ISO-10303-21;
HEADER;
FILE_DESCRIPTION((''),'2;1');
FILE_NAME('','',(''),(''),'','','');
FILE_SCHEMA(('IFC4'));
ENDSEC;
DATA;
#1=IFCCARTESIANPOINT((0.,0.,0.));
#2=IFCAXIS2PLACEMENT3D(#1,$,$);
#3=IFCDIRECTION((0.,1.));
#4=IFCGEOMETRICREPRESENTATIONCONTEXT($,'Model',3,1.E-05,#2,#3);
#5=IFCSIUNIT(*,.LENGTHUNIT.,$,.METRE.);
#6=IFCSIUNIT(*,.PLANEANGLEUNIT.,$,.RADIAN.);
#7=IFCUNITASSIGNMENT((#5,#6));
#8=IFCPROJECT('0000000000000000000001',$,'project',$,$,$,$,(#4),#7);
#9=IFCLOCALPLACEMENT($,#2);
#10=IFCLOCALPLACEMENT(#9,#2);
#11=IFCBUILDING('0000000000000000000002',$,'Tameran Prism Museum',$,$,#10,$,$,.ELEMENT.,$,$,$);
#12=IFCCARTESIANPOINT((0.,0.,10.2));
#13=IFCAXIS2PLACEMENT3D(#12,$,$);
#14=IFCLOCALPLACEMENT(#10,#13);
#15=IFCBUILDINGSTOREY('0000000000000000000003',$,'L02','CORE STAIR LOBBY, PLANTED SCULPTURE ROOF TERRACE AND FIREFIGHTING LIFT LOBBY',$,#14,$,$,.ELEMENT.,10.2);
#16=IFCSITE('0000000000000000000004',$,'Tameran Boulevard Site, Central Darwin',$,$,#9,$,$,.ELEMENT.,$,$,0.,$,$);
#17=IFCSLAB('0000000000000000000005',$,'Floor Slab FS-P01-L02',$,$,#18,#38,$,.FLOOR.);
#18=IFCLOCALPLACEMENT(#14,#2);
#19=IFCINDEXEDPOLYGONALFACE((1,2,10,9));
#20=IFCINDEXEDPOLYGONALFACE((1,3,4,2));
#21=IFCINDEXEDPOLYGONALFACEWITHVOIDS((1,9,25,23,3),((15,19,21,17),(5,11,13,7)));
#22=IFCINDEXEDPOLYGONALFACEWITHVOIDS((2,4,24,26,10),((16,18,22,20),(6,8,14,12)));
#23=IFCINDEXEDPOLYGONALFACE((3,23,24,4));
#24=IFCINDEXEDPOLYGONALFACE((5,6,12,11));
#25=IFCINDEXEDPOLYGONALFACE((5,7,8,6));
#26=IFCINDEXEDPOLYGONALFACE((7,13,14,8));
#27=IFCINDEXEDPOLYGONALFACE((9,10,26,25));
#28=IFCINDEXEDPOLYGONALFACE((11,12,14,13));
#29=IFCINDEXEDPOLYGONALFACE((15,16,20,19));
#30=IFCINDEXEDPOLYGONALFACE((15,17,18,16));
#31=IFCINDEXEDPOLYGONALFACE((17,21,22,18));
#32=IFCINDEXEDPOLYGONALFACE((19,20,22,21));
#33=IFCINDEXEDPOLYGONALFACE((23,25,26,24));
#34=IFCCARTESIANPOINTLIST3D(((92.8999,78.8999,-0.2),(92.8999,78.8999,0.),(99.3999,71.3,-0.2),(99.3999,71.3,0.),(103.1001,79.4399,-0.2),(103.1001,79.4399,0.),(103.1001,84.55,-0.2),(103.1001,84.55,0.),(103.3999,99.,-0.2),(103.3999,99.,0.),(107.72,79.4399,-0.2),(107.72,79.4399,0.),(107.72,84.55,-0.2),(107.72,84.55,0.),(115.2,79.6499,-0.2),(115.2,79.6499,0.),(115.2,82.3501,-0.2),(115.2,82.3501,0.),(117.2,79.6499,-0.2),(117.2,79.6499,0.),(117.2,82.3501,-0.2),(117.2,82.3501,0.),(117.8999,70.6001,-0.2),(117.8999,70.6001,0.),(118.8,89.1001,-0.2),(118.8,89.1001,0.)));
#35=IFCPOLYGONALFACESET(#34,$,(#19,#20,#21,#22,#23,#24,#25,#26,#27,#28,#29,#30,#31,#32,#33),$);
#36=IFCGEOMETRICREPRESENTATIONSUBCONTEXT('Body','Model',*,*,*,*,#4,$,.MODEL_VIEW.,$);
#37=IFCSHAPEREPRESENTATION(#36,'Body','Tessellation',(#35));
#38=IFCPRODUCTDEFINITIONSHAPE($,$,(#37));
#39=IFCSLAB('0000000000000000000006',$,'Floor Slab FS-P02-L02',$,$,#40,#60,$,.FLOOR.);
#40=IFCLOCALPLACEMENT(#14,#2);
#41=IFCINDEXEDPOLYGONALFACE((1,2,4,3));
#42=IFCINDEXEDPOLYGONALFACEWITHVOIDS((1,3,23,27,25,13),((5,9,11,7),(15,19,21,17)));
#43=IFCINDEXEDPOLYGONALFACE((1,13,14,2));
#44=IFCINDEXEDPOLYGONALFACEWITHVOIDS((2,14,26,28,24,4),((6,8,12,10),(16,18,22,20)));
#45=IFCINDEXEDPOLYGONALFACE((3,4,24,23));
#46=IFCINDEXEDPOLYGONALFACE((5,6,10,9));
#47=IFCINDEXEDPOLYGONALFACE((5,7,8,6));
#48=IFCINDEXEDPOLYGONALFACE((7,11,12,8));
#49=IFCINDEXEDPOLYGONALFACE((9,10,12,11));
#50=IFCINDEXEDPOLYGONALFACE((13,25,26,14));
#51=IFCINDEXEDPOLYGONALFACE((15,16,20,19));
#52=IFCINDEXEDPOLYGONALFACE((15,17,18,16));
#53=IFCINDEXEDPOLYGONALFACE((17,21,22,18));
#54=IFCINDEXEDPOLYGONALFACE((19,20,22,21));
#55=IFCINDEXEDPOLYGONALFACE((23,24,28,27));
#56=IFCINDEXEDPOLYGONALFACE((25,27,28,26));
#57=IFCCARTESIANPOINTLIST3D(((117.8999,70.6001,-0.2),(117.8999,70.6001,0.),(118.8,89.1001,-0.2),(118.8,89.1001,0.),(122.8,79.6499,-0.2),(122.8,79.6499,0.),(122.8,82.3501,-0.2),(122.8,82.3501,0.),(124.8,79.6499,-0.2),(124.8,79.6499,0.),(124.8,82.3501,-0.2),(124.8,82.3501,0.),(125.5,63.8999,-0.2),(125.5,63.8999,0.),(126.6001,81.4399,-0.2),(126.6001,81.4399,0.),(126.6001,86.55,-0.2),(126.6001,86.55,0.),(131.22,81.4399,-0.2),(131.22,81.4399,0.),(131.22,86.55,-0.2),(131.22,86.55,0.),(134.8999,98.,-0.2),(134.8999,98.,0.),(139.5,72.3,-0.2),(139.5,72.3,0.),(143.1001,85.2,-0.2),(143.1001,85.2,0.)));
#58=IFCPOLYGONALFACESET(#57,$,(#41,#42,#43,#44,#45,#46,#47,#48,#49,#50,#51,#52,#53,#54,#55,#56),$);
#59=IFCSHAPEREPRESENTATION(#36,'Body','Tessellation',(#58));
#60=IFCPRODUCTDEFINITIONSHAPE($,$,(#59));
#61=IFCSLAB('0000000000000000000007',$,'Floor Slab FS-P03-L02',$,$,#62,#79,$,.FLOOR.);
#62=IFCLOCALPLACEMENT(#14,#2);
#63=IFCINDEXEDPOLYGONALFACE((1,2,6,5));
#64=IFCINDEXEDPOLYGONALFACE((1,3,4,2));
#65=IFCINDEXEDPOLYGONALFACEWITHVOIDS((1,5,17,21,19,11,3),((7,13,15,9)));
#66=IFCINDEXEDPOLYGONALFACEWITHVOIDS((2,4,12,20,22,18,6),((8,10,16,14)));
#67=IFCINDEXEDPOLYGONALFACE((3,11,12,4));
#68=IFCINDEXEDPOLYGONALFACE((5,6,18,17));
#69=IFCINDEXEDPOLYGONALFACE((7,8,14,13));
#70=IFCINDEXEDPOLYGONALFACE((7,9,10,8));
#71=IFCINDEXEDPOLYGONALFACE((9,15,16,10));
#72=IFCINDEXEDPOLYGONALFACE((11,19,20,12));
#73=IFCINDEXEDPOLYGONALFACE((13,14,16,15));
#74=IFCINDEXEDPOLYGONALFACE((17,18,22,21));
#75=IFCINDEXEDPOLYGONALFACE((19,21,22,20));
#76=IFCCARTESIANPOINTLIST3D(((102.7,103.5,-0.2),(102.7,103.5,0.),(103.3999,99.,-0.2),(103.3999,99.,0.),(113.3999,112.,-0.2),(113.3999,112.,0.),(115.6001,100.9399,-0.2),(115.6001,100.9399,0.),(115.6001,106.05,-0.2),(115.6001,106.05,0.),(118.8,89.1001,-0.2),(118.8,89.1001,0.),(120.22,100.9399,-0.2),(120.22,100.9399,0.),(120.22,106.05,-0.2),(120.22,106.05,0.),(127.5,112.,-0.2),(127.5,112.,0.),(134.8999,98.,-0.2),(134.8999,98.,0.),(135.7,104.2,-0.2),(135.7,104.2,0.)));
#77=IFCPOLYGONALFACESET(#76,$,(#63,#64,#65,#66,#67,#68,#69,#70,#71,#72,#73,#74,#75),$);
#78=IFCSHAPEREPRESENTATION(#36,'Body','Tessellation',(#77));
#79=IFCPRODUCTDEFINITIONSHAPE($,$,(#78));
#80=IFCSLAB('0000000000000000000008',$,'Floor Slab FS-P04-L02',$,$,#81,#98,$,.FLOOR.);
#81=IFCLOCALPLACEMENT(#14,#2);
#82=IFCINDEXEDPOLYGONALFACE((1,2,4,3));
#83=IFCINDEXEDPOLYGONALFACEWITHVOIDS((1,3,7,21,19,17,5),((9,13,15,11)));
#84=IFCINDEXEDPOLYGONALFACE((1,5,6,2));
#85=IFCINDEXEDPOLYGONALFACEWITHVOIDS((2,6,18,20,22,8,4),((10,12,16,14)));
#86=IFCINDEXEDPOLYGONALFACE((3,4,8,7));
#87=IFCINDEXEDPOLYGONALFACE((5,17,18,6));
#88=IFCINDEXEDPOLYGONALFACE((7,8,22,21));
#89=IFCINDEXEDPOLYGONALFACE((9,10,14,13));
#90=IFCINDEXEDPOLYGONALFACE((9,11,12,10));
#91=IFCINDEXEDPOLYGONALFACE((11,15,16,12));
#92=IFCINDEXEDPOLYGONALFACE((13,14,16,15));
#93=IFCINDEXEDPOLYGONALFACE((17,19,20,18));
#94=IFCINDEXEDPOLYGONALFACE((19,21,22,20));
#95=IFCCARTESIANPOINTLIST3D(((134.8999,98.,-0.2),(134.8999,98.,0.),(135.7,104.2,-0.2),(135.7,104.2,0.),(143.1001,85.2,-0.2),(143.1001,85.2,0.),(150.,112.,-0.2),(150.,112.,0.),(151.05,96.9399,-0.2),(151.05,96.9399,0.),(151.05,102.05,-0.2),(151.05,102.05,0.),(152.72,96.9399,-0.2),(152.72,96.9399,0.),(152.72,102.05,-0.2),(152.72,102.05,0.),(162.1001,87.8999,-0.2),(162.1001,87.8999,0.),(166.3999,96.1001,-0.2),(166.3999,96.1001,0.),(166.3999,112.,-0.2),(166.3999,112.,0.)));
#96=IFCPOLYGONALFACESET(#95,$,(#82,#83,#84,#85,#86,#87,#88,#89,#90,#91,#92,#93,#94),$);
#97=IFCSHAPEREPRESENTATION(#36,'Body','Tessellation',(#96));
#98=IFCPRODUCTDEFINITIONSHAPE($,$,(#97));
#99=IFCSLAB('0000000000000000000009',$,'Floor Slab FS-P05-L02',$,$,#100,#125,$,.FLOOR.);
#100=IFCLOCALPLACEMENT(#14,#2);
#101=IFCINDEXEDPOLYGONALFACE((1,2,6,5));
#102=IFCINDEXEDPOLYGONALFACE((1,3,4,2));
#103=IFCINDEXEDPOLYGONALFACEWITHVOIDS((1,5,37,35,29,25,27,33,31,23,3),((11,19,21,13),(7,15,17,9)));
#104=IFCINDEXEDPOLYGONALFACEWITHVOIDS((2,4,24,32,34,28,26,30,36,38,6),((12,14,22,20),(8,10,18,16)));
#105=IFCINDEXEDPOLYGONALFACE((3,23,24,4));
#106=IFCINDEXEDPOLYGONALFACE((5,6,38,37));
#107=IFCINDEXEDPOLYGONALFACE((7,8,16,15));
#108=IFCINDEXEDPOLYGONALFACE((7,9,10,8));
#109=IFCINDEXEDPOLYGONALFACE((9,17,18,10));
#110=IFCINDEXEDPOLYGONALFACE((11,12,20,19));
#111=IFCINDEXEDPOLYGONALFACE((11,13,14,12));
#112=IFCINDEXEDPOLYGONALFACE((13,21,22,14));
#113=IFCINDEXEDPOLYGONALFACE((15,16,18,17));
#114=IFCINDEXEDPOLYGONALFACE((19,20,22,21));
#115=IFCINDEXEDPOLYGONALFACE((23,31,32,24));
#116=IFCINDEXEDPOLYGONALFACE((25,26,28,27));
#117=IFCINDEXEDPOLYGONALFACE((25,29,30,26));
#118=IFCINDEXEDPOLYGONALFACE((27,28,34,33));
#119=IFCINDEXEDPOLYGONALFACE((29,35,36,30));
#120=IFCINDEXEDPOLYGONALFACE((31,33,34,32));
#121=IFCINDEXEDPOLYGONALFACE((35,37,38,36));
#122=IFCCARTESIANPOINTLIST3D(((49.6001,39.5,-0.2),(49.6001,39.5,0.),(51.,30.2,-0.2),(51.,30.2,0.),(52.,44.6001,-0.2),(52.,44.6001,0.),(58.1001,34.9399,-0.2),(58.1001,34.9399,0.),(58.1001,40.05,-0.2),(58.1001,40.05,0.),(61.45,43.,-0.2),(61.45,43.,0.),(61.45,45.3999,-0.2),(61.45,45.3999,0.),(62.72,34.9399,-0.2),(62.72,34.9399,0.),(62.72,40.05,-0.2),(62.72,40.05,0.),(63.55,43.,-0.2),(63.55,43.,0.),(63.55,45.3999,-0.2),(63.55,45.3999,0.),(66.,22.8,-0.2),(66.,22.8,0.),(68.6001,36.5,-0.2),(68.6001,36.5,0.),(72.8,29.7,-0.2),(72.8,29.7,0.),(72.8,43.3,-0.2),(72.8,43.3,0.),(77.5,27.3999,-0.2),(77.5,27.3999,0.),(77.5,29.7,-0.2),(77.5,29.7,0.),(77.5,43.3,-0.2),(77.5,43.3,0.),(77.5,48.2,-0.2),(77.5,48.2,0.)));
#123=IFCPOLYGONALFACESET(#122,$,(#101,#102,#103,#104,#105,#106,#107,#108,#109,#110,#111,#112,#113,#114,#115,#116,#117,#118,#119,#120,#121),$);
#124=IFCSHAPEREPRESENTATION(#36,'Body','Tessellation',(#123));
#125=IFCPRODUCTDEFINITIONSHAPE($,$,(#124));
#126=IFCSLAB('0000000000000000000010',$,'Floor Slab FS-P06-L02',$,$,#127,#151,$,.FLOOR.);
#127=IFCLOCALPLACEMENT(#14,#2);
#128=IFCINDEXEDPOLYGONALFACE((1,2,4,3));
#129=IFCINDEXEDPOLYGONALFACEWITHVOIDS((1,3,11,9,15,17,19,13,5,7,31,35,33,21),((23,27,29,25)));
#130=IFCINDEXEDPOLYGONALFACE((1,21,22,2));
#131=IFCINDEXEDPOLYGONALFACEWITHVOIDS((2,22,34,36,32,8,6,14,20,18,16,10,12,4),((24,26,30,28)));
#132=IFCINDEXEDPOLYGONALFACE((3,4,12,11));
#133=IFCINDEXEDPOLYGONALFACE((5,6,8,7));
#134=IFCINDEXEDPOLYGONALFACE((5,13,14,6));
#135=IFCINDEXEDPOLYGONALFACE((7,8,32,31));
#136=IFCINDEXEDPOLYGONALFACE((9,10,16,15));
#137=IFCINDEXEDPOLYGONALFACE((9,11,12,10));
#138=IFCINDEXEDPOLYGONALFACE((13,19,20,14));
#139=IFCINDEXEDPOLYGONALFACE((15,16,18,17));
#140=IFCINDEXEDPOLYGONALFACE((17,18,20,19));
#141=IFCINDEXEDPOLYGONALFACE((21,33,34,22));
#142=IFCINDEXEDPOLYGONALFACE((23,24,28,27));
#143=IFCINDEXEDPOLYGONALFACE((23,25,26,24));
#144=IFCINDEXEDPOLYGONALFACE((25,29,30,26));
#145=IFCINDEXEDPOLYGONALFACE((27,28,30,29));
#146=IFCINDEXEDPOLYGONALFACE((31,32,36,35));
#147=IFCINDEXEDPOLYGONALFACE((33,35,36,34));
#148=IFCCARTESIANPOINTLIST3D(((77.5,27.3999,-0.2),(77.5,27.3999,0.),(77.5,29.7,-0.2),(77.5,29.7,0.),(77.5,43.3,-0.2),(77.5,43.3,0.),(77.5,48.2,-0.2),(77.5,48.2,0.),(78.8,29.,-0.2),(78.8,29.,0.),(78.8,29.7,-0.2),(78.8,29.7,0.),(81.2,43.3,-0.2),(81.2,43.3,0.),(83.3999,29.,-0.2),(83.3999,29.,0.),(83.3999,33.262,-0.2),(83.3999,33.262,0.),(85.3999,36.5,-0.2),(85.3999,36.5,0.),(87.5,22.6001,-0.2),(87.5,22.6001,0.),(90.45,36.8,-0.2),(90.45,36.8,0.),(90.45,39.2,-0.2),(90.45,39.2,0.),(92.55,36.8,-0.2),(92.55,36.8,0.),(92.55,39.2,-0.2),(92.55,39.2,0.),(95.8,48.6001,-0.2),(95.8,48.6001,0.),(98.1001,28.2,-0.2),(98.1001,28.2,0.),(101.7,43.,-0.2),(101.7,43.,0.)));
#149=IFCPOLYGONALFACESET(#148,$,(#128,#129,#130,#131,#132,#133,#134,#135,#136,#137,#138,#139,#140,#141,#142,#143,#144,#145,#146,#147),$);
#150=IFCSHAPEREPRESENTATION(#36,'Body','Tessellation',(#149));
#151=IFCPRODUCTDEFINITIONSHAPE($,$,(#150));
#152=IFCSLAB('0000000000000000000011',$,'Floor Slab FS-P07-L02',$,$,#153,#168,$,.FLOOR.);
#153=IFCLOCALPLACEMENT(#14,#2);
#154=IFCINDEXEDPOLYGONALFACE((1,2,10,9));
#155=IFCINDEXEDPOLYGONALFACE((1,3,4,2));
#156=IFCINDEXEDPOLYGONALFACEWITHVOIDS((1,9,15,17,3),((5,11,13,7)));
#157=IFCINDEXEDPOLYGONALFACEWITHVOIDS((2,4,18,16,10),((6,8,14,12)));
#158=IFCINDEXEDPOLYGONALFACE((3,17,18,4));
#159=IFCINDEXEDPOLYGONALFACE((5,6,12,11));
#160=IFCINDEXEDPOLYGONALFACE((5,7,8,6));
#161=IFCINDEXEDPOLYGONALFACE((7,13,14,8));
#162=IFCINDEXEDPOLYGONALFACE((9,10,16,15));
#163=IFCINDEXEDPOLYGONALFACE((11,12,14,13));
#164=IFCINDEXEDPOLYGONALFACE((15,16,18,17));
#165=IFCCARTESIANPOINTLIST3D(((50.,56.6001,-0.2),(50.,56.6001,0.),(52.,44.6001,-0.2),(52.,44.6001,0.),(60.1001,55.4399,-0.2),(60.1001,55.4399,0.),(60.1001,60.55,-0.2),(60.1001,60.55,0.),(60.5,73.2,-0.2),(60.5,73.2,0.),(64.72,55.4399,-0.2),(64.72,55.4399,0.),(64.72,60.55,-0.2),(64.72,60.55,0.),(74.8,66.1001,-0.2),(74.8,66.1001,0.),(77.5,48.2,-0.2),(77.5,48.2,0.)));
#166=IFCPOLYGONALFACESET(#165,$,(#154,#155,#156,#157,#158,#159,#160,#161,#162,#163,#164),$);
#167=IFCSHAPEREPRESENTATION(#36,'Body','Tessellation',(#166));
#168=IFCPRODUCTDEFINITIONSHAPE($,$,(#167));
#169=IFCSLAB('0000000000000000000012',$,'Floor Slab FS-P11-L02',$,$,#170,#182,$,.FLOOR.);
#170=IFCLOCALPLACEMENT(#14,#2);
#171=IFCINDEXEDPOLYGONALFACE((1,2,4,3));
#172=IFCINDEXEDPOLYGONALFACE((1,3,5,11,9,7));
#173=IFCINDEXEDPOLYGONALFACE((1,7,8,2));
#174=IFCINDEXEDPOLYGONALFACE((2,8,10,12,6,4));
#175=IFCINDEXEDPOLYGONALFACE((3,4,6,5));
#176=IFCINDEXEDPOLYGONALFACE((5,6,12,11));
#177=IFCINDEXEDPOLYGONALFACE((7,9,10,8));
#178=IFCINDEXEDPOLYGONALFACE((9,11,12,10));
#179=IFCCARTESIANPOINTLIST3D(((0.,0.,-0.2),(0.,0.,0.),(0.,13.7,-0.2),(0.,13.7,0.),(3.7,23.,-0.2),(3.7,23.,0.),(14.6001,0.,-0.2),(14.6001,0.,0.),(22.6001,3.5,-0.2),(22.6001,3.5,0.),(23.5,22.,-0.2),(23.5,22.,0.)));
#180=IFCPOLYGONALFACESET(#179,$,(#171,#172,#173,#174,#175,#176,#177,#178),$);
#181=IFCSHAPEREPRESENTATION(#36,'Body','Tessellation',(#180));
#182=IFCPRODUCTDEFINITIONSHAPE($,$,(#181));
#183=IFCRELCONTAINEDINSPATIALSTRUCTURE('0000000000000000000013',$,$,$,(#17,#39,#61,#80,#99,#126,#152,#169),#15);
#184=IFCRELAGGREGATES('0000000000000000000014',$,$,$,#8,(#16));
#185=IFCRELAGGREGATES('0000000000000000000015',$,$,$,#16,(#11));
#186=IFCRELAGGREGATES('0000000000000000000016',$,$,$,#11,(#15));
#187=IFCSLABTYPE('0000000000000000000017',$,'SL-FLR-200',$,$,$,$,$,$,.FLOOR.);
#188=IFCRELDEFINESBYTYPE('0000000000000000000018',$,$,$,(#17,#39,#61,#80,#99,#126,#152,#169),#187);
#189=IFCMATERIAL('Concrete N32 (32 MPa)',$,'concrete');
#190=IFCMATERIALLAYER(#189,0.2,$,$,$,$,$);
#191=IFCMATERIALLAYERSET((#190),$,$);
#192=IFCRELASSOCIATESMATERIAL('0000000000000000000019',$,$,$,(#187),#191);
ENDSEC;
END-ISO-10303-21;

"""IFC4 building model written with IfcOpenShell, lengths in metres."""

from ifc_helpers import new_model, si_unit, direction, frame, origin, place, context, subcontext, project, spatial, polyline, outline, extrude, material, layer, layer_set, type_object, element, save


model = new_model("IFC4")

# Units and contexts
model_context = context("Model", 3, precision=1e-05, world=origin(), true_north=direction((0.0, 1.0)))
body_context = subcontext(model_context, "Body", "Model", "MODEL_VIEW")
ifc_project = project(units=[si_unit("LENGTHUNIT", "METRE"), si_unit("PLANEANGLEUNIT", "RADIAN")], contexts=[model_context])

# Site, building, storey
site_placement = place(None, origin())
site = spatial("IfcSite", under=ifc_project, at=site_placement, Name="Tameran Boulevard Site, Central Darwin", CompositionType="ELEMENT", RefElevation=0.0)
building_placement = place(site_placement, origin())
building = spatial("IfcBuilding", under=site, at=building_placement, Name="Tameran Prism Museum", CompositionType="ELEMENT")
storey_placement = place(building_placement, frame((0.0, 0.0, 10.2)))
storey = spatial("IfcBuildingStorey", under=building, at=storey_placement, Name="L02", Description="CORE STAIR LOBBY, PLANTED SCULPTURE ROOF TERRACE AND FIREFIGHTING LIFT LOBBY", CompositionType="ELEMENT", Elevation=10.2)

# Slabs
ifc_material_1 = material(Name="Concrete N32 (32 MPa)", Category="concrete")
ifc_layer_1 = layer(ifc_material_1, 0.2)
ifc_layer_set_1 = layer_set([ifc_layer_1])
slab_type_1 = type_object("IfcSlabType", Name="SL-FLR-200", PredefinedType="FLOOR", material=ifc_layer_set_1)
slab_1_placement = place(storey_placement, frame((0.0, 0.0, -0.2)))
element("IfcSlab", 1, at=slab_1_placement, inside=storey, type_object=slab_type_1, Name="Floor Slab FS-P01-L02", PredefinedType="FLOOR", context=body_context, shape_type="SweptSolid", body=[
    extrude(outline(polyline([(92.8999, 78.8999), (103.3999, 99.0), (118.8, 89.1001), (117.8999, 70.6001), (99.3999, 71.3), (92.8999, 78.8999)]), holes=[polyline([(117.2, 79.6499), (117.2, 82.3501), (115.2, 82.3501), (115.2, 79.6499), (117.2, 79.6499)]), polyline([(107.72, 79.4399), (107.72, 84.55), (103.1001, 84.55), (103.1001, 79.4399), (107.72, 79.4399)])]), origin(), (0.0, 0.0, 1.0), 0.2),
])
slab_2_placement = place(storey_placement, frame((0.0, 0.0, -0.2)))
element("IfcSlab", 2, at=slab_2_placement, inside=storey, type_object=slab_type_1, Name="Floor Slab FS-P02-L02", PredefinedType="FLOOR", context=body_context, shape_type="SweptSolid", body=[
    extrude(outline(polyline([(118.8, 89.1001), (134.8999, 98.0), (143.1001, 85.2), (139.5, 72.3), (125.5, 63.8999), (117.8999, 70.6001), (118.8, 89.1001)]), holes=[polyline([(124.8, 79.6499), (124.8, 82.3501), (122.8, 82.3501), (122.8, 79.6499), (124.8, 79.6499)]), polyline([(131.22, 81.4399), (131.22, 86.55), (126.6001, 86.55), (126.6001, 81.4399), (131.22, 81.4399)])]), origin(), (0.0, 0.0, 1.0), 0.2),
])
slab_3_placement = place(storey_placement, frame((0.0, 0.0, -0.2)))
element("IfcSlab", 3, at=slab_3_placement, inside=storey, type_object=slab_type_1, Name="Floor Slab FS-P03-L02", PredefinedType="FLOOR", context=body_context, shape_type="SweptSolid", body=[
    extrude(outline(polyline([(102.7, 103.5), (113.3999, 112.0), (127.5, 112.0), (135.7, 104.2), (134.8999, 98.0), (118.8, 89.1001), (103.3999, 99.0), (102.7, 103.5)]), holes=[polyline([(120.22, 106.05), (115.6001, 106.05), (115.6001, 100.9399), (120.22, 100.9399), (120.22, 106.05)])]), origin(), (0.0, 0.0, 1.0), 0.2),
])
slab_4_placement = place(storey_placement, frame((0.0, 0.0, -0.2)))
element("IfcSlab", 4, at=slab_4_placement, inside=storey, type_object=slab_type_1, Name="Floor Slab FS-P04-L02", PredefinedType="FLOOR", context=body_context, shape_type="SweptSolid", body=[
    extrude(outline(polyline([(135.7, 104.2), (150.0, 112.0), (166.3999, 112.0), (166.3999, 96.1001), (162.1001, 87.8999), (143.1001, 85.2), (134.8999, 98.0), (135.7, 104.2)]), holes=[polyline([(152.72, 102.05), (151.05, 102.05), (151.05, 96.9399), (152.72, 96.9399), (152.72, 102.05)])]), origin(), (0.0, 0.0, 1.0), 0.2),
])
slab_5_placement = place(storey_placement, frame((0.0, 0.0, -0.2)))
element("IfcSlab", 5, at=slab_5_placement, inside=storey, type_object=slab_type_1, Name="Floor Slab FS-P05-L02", PredefinedType="FLOOR", context=body_context, shape_type="SweptSolid", body=[
    extrude(outline(polyline([(77.5, 27.3999), (66.0, 22.8), (51.0, 30.2), (49.6001, 39.5), (52.0, 44.6001), (77.5, 48.2), (77.5, 43.3), (72.8, 43.3), (68.6001, 36.5), (72.8, 29.7), (77.5, 29.7), (77.5, 27.3999)]), holes=[polyline([(58.1001, 34.9399), (62.72, 34.9399), (62.72, 40.05), (58.1001, 40.05), (58.1001, 34.9399)]), polyline([(61.45, 43.0), (63.55, 43.0), (63.55, 45.3999), (61.45, 45.3999), (61.45, 43.0)])]), origin(), (0.0, 0.0, 1.0), 0.2),
])
slab_6_placement = place(storey_placement, frame((0.0, 0.0, -0.2)))
element("IfcSlab", 6, at=slab_6_placement, inside=storey, type_object=slab_type_1, Name="Floor Slab FS-P06-L02", PredefinedType="FLOOR", context=body_context, shape_type="SweptSolid", body=[
    extrude(outline(polyline([(77.5, 48.2), (95.8, 48.6001), (101.7, 43.0), (98.1001, 28.2), (87.5, 22.6001), (77.5, 27.3999), (77.5, 29.7), (78.8, 29.7), (78.8, 29.0), (83.3999, 29.0), (83.3999, 33.262), (85.3999, 36.5), (81.2, 43.3), (77.5, 43.3), (77.5, 48.2)]), holes=[polyline([(92.55, 36.8), (92.55, 39.2), (90.45, 39.2), (90.45, 36.8), (92.55, 36.8)])]), origin(), (0.0, 0.0, 1.0), 0.2),
])
slab_7_placement = place(storey_placement, frame((0.0, 0.0, -0.2)))
element("IfcSlab", 7, at=slab_7_placement, inside=storey, type_object=slab_type_1, Name="Floor Slab FS-P07-L02", PredefinedType="FLOOR", context=body_context, shape_type="SweptSolid", body=[
    extrude(outline(polyline([(60.5, 73.2), (74.8, 66.1001), (77.5, 48.2), (52.0, 44.6001), (50.0, 56.6001), (60.5, 73.2)]), holes=[polyline([(64.72, 60.55), (60.1001, 60.55), (60.1001, 55.4399), (64.72, 55.4399), (64.72, 60.55)])]), origin(), (0.0, 0.0, 1.0), 0.2),
])
slab_8_placement = place(storey_placement, frame((0.0, 0.0, -0.2)))
element("IfcSlab", 8, at=slab_8_placement, inside=storey, type_object=slab_type_1, Name="Floor Slab FS-P11-L02", PredefinedType="FLOOR", context=body_context, shape_type="SweptSolid", body=[
    extrude(outline(polyline([(23.5, 22.0), (3.7, 23.0), (0.0, 13.7), (0.0, 0.0), (14.6001, 0.0), (22.6001, 3.5), (23.5, 22.0)])), origin(), (0.0, 0.0, 1.0), 0.2),
])

save(model, "model.ifc")
